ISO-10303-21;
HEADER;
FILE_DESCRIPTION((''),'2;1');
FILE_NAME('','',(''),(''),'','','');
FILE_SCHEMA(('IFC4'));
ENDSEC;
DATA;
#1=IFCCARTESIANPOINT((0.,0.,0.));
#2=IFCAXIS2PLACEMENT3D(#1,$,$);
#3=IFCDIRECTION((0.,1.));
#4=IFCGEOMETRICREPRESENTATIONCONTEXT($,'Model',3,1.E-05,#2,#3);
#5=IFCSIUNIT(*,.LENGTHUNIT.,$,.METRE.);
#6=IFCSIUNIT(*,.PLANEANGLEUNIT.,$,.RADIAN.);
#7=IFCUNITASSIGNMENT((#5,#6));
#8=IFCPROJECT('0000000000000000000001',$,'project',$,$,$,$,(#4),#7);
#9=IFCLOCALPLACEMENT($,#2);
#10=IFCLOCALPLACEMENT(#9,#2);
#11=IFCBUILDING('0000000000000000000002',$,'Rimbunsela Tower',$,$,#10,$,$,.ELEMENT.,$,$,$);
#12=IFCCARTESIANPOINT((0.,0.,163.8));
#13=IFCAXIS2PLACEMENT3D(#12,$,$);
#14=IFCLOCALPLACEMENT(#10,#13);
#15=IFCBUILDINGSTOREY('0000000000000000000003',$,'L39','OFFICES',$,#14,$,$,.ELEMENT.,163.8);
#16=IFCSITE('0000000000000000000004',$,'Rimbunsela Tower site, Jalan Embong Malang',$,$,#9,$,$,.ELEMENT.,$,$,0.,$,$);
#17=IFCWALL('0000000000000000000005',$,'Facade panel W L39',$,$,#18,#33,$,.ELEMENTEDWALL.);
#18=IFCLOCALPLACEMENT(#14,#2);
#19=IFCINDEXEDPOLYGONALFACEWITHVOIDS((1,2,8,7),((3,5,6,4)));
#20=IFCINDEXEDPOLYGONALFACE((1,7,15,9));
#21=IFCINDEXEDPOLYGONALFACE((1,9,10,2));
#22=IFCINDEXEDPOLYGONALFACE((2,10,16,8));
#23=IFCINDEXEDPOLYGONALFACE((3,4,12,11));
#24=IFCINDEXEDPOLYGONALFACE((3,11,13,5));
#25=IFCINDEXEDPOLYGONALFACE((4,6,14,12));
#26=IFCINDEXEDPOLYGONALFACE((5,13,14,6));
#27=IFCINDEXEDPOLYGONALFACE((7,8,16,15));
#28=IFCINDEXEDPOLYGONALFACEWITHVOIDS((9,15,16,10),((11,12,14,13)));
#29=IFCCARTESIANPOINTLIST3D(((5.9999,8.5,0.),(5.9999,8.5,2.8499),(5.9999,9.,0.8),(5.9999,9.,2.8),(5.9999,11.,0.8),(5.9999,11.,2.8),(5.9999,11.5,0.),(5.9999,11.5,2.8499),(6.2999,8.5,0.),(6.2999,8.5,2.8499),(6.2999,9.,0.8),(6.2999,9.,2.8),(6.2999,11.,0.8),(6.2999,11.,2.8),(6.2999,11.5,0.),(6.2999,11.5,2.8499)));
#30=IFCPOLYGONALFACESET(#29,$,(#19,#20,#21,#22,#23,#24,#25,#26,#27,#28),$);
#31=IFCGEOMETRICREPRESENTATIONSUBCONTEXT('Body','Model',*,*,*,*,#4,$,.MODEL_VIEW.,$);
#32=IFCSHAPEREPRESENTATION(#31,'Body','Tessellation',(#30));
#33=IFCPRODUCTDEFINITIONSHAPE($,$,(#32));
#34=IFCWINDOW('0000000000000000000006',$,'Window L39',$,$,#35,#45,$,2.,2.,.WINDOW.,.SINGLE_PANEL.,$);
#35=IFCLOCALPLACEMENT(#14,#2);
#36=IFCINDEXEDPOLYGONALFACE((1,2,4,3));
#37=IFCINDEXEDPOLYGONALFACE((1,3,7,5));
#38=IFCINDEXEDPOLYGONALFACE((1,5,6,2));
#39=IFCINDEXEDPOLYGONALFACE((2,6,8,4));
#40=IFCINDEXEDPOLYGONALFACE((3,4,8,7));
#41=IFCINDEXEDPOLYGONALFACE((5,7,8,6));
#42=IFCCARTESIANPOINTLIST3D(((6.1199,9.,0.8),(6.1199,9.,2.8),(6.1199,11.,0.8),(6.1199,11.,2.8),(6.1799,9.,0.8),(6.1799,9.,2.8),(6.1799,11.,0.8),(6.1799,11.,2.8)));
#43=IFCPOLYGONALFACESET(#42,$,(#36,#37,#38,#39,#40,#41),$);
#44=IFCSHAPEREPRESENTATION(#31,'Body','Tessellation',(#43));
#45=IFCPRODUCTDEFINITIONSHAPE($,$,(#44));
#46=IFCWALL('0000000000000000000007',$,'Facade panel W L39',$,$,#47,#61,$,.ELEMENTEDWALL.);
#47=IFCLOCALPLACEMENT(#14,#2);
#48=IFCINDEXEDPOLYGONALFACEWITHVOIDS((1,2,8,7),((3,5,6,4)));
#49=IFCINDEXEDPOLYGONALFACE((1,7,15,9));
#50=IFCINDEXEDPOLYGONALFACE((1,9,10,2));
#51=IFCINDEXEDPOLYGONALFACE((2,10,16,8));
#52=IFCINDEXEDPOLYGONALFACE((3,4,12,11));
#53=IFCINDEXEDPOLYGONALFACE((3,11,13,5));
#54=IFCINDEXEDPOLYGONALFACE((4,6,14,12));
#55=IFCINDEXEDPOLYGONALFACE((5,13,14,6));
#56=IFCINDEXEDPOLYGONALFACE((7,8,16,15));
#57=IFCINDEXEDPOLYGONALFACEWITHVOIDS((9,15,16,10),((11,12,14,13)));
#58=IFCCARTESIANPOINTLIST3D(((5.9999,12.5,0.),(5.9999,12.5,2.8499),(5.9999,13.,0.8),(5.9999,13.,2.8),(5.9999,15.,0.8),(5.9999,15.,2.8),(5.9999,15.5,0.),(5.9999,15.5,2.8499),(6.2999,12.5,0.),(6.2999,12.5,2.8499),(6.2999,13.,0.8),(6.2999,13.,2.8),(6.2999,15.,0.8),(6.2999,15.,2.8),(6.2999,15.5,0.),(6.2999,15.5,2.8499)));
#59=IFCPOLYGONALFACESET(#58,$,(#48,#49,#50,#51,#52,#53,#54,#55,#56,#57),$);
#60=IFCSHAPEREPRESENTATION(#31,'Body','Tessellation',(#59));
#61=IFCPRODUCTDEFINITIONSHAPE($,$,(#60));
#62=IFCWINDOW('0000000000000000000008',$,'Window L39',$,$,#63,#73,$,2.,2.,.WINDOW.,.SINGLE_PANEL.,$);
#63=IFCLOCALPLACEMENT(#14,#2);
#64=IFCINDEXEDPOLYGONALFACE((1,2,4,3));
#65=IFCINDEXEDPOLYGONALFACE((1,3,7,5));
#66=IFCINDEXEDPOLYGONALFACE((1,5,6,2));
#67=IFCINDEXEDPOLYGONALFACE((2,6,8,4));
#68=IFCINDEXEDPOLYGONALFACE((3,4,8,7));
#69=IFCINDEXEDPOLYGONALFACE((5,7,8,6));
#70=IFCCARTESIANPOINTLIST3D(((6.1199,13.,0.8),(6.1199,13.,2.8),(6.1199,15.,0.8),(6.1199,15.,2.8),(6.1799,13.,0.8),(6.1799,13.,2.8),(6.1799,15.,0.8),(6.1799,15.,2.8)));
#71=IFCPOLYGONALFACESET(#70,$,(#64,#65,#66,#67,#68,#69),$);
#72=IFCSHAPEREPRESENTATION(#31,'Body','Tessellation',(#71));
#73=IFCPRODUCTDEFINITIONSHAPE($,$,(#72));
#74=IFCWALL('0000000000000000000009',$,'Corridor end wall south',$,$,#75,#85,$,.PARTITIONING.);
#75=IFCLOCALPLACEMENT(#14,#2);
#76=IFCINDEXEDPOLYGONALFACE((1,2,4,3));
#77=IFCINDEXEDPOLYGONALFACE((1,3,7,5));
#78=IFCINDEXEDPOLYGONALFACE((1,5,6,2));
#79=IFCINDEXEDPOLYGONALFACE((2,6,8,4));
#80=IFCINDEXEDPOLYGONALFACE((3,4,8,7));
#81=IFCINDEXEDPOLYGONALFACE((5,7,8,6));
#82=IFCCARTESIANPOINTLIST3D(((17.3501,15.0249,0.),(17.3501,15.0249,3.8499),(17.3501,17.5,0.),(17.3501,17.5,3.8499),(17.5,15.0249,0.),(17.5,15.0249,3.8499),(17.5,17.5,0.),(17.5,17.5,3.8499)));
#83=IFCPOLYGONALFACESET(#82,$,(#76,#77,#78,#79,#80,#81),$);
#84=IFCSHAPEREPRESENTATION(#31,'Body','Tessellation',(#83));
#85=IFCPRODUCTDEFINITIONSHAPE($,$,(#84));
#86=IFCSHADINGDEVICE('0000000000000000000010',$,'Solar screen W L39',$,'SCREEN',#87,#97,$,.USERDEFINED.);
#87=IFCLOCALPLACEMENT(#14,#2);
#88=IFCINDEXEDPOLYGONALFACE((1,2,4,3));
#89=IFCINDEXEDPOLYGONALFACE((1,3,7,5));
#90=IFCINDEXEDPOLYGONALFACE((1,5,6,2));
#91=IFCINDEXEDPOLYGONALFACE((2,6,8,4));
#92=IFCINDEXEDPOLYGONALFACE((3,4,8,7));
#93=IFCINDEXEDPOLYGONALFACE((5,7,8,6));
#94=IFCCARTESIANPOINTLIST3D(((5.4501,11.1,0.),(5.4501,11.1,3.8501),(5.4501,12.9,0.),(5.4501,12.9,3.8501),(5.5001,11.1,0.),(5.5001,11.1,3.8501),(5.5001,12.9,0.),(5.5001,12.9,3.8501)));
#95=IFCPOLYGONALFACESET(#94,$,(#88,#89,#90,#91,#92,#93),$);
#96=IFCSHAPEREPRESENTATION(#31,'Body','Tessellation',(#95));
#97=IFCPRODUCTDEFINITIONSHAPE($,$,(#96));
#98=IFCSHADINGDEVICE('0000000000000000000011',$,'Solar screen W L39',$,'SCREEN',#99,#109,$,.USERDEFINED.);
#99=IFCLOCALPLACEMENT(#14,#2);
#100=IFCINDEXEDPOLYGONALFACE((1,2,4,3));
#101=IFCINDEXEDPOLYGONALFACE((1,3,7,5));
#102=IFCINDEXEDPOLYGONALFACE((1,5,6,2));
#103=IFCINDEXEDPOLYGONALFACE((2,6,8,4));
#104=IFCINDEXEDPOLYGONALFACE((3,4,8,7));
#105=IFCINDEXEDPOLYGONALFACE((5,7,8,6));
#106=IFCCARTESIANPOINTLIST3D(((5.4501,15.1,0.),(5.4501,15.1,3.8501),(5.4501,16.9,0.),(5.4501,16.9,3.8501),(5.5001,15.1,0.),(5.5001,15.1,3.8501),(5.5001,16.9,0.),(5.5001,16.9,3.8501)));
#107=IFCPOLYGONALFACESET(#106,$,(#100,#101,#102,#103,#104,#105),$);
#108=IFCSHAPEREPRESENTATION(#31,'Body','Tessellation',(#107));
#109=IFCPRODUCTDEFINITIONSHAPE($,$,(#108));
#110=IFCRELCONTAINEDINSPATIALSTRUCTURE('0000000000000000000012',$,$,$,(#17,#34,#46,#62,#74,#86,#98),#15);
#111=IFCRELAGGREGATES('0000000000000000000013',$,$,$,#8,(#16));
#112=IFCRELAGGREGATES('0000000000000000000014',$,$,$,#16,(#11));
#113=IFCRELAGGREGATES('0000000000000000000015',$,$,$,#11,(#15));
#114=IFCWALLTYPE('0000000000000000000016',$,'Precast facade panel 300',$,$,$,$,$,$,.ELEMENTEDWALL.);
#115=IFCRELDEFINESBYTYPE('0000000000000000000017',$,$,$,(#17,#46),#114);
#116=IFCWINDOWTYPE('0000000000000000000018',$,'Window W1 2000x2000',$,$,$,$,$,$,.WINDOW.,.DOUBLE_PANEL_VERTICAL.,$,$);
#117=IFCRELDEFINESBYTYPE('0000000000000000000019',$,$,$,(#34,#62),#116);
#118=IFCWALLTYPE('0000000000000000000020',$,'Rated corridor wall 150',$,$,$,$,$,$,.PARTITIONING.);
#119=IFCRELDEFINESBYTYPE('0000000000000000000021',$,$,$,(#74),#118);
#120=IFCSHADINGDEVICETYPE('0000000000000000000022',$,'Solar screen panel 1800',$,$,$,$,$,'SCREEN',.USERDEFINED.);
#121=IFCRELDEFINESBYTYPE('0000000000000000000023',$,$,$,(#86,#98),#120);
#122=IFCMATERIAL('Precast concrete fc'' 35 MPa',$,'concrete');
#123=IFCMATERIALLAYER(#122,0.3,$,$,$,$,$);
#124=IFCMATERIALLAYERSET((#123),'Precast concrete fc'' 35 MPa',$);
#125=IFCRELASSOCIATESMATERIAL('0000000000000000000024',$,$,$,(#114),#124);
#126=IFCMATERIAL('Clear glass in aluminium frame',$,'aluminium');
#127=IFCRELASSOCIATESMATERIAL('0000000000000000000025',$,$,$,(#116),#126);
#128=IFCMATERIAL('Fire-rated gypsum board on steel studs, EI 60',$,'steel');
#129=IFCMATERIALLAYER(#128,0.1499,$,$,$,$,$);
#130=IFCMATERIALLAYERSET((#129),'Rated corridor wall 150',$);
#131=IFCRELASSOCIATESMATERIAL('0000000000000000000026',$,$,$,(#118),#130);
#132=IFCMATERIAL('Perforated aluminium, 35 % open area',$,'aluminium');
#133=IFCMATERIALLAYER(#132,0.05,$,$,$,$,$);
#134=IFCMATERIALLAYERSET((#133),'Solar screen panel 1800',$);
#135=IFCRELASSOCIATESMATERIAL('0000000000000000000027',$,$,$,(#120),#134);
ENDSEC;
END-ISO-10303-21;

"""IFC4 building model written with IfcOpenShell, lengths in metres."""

from ifc_helpers import new_model, si_unit, direction, frame, frame_2d, origin, origin_2d, place, context, subcontext, project, spatial, rectangle, extrude, material, layer, layer_set, type_object, element, fill, save


model = new_model("IFC4")

# Units and contexts
model_context = context("Model", 3, precision=1e-05, world=origin(), true_north=direction((0.0, 1.0)))
body_context = subcontext(model_context, "Body", "Model", "MODEL_VIEW")
ifc_project = project(units=[si_unit("LENGTHUNIT", "METRE"), si_unit("PLANEANGLEUNIT", "RADIAN")], contexts=[model_context])

# Site, building, storey
site_placement = place(None, origin())
site = spatial("IfcSite", under=ifc_project, at=site_placement, Name="Rimbunsela Tower site, Jalan Embong Malang", CompositionType="ELEMENT", RefElevation=0.0)
building_placement = place(site_placement, origin())
building = spatial("IfcBuilding", under=site, at=building_placement, Name="Rimbunsela Tower", CompositionType="ELEMENT")
storey_placement = place(building_placement, frame((0.0, 0.0, 163.8)))
storey = spatial("IfcBuildingStorey", under=building, at=storey_placement, Name="L39", Description="OFFICES", CompositionType="ELEMENT", Elevation=163.8)

# Walls, openings, windows
ifc_material_1 = material(Name="Precast concrete fc' 35 MPa", Category="concrete")
ifc_layer_1 = layer(ifc_material_1, 0.3)
ifc_layer_set_1 = layer_set([ifc_layer_1], Name="Precast concrete fc' 35 MPa")
wall_type_1 = type_object("IfcWallType", Name="Precast facade panel 300", PredefinedType="ELEMENTEDWALL", material=ifc_layer_set_1)
wall_1_placement = place(storey_placement, frame((6.1499, 11.5, 0.0), z_axis=(0.0, 0.0, 1.0), x_axis=(0.0, -1.0, 0.0)))
wall_1 = element("IfcWall", 1, at=wall_1_placement, inside=storey, type_object=wall_type_1, Name="Facade panel W L39", PredefinedType="ELEMENTEDWALL", context=body_context, shape_type="SweptSolid", body=[
    extrude(rectangle(XDim=3.0, YDim=0.3, at=frame_2d((1.5, 0.0))), origin(), (0.0, 0.0, 1.0), 2.8499),
])
opening_1_placement = place(wall_1_placement, frame((0.5, 0.0, 0.8)))
opening_1 = element("IfcOpeningElement", 2, at=opening_1_placement, cuts=wall_1, PredefinedType="OPENING", context=body_context, shape_type="SweptSolid", body=[
    extrude(rectangle(XDim=2.0, YDim=2.0, at=frame_2d((1.0, 1.0))), frame((0.0, 0.1599, 0.0), z_axis=(0.0, -1.0, 0.0), x_axis=(1.0, 0.0, 0.0)), (0.0, 0.0, 1.0), 0.3201),
])
ifc_material_2 = material(Name="Clear glass in aluminium frame", Category="aluminium")
window_type = type_object("IfcWindowType", Name="Window W1 2000x2000", PartitioningType="DOUBLE_PANEL_VERTICAL", PredefinedType="WINDOW", material=ifc_material_2)
window_1_placement = place(opening_1_placement, origin())
window_1 = element("IfcWindow", 3, at=window_1_placement, inside=storey, type_object=window_type, Name="Window L39", OverallHeight=2.0, OverallWidth=2.0, PartitioningType="SINGLE_PANEL", PredefinedType="WINDOW", context=body_context, shape_type="SweptSolid", body=[
    extrude(rectangle(XDim=2.0, YDim=2.0, at=frame_2d((1.0, 1.0))), frame((0.0, 0.03, 0.0), z_axis=(0.0, -1.0, 0.0), x_axis=(1.0, 0.0, 0.0)), (0.0, 0.0, 1.0), 0.0601),
])
fill(opening_1, window_1)
wall_2_placement = place(storey_placement, frame((6.1499, 15.5, 0.0), z_axis=(0.0, 0.0, 1.0), x_axis=(0.0, -1.0, 0.0)))
wall_2 = element("IfcWall", 4, at=wall_2_placement, inside=storey, type_object=wall_type_1, Name="Facade panel W L39", PredefinedType="ELEMENTEDWALL", context=body_context, shape_type="SweptSolid", body=[
    extrude(rectangle(XDim=3.0, YDim=0.3, at=frame_2d((1.5, 0.0))), origin(), (0.0, 0.0, 1.0), 2.8499),
])
opening_2_placement = place(wall_2_placement, frame((0.5, 0.0, 0.8)))
opening_2 = element("IfcOpeningElement", 5, at=opening_2_placement, cuts=wall_2, PredefinedType="OPENING", context=body_context, shape_type="SweptSolid", body=[
    extrude(rectangle(XDim=2.0, YDim=2.0, at=frame_2d((1.0, 1.0))), frame((0.0, 0.1599, 0.0), z_axis=(0.0, -1.0, 0.0), x_axis=(1.0, 0.0, 0.0)), (0.0, 0.0, 1.0), 0.3201),
])
window_2_placement = place(opening_2_placement, origin())
window_2 = element("IfcWindow", 6, at=window_2_placement, inside=storey, type_object=window_type, Name="Window L39", OverallHeight=2.0, OverallWidth=2.0, PartitioningType="SINGLE_PANEL", PredefinedType="WINDOW", context=body_context, shape_type="SweptSolid", body=[
    extrude(rectangle(XDim=2.0, YDim=2.0, at=frame_2d((1.0, 1.0))), frame((0.0, 0.03, 0.0), z_axis=(0.0, -1.0, 0.0), x_axis=(1.0, 0.0, 0.0)), (0.0, 0.0, 1.0), 0.0601),
])
fill(opening_2, window_2)

# Wall
ifc_material_3 = material(Name="Fire-rated gypsum board on steel studs, EI 60", Category="steel")
ifc_layer_2 = layer(ifc_material_3, 0.1499)
ifc_layer_set_2 = layer_set([ifc_layer_2], Name="Rated corridor wall 150")
wall_type_2 = type_object("IfcWallType", Name="Rated corridor wall 150", PredefinedType="PARTITIONING", material=ifc_layer_set_2)
wall_3_placement = place(storey_placement, frame((17.425, 15.0249, 0.0), z_axis=(0.0, 0.0, 1.0), x_axis=(0.0, 1.0, 0.0)))
element("IfcWall", 7, at=wall_3_placement, inside=storey, type_object=wall_type_2, Name="Corridor end wall south", PredefinedType="PARTITIONING", context=body_context, shape_type="SweptSolid", body=[
    extrude(rectangle(XDim=2.4751, YDim=0.1499, at=frame_2d((1.2375, 0.0))), origin(), (0.0, 0.0, 1.0), 3.8499),
])

# Shading devices
ifc_material_4 = material(Name="Perforated aluminium, 35 % open area", Category="aluminium")
ifc_layer_3 = layer(ifc_material_4, 0.05)
ifc_layer_set_3 = layer_set([ifc_layer_3], Name="Solar screen panel 1800")
shading_device_type = type_object("IfcShadingDeviceType", Name="Solar screen panel 1800", ElementType="SCREEN", PredefinedType="USERDEFINED", material=ifc_layer_set_3)
for number, where, z_axis, x_axis, name in (
    (8, (5.4751, 12.0, 0.0), (0.0, 0.0, 1.0), (0.0, 1.0, 0.0), "Solar screen W L39"),
    (9, (5.4751, 16.0, 0.0), (0.0, 0.0, 1.0), (0.0, 1.0, 0.0), "Solar screen W L39"),
):
    element("IfcShadingDevice", number, at=place(storey_placement, frame(where, z_axis=z_axis, x_axis=x_axis)), inside=storey, type_object=shading_device_type, Name=name, ObjectType="SCREEN", PredefinedType="USERDEFINED", context=body_context, shape_type="SweptSolid", body=[
        extrude(rectangle(XDim=1.8, YDim=0.05, at=origin_2d()), origin(), (0.0, 0.0, 1.0), 3.8501),
    ])

save(model, "model.ifc")
